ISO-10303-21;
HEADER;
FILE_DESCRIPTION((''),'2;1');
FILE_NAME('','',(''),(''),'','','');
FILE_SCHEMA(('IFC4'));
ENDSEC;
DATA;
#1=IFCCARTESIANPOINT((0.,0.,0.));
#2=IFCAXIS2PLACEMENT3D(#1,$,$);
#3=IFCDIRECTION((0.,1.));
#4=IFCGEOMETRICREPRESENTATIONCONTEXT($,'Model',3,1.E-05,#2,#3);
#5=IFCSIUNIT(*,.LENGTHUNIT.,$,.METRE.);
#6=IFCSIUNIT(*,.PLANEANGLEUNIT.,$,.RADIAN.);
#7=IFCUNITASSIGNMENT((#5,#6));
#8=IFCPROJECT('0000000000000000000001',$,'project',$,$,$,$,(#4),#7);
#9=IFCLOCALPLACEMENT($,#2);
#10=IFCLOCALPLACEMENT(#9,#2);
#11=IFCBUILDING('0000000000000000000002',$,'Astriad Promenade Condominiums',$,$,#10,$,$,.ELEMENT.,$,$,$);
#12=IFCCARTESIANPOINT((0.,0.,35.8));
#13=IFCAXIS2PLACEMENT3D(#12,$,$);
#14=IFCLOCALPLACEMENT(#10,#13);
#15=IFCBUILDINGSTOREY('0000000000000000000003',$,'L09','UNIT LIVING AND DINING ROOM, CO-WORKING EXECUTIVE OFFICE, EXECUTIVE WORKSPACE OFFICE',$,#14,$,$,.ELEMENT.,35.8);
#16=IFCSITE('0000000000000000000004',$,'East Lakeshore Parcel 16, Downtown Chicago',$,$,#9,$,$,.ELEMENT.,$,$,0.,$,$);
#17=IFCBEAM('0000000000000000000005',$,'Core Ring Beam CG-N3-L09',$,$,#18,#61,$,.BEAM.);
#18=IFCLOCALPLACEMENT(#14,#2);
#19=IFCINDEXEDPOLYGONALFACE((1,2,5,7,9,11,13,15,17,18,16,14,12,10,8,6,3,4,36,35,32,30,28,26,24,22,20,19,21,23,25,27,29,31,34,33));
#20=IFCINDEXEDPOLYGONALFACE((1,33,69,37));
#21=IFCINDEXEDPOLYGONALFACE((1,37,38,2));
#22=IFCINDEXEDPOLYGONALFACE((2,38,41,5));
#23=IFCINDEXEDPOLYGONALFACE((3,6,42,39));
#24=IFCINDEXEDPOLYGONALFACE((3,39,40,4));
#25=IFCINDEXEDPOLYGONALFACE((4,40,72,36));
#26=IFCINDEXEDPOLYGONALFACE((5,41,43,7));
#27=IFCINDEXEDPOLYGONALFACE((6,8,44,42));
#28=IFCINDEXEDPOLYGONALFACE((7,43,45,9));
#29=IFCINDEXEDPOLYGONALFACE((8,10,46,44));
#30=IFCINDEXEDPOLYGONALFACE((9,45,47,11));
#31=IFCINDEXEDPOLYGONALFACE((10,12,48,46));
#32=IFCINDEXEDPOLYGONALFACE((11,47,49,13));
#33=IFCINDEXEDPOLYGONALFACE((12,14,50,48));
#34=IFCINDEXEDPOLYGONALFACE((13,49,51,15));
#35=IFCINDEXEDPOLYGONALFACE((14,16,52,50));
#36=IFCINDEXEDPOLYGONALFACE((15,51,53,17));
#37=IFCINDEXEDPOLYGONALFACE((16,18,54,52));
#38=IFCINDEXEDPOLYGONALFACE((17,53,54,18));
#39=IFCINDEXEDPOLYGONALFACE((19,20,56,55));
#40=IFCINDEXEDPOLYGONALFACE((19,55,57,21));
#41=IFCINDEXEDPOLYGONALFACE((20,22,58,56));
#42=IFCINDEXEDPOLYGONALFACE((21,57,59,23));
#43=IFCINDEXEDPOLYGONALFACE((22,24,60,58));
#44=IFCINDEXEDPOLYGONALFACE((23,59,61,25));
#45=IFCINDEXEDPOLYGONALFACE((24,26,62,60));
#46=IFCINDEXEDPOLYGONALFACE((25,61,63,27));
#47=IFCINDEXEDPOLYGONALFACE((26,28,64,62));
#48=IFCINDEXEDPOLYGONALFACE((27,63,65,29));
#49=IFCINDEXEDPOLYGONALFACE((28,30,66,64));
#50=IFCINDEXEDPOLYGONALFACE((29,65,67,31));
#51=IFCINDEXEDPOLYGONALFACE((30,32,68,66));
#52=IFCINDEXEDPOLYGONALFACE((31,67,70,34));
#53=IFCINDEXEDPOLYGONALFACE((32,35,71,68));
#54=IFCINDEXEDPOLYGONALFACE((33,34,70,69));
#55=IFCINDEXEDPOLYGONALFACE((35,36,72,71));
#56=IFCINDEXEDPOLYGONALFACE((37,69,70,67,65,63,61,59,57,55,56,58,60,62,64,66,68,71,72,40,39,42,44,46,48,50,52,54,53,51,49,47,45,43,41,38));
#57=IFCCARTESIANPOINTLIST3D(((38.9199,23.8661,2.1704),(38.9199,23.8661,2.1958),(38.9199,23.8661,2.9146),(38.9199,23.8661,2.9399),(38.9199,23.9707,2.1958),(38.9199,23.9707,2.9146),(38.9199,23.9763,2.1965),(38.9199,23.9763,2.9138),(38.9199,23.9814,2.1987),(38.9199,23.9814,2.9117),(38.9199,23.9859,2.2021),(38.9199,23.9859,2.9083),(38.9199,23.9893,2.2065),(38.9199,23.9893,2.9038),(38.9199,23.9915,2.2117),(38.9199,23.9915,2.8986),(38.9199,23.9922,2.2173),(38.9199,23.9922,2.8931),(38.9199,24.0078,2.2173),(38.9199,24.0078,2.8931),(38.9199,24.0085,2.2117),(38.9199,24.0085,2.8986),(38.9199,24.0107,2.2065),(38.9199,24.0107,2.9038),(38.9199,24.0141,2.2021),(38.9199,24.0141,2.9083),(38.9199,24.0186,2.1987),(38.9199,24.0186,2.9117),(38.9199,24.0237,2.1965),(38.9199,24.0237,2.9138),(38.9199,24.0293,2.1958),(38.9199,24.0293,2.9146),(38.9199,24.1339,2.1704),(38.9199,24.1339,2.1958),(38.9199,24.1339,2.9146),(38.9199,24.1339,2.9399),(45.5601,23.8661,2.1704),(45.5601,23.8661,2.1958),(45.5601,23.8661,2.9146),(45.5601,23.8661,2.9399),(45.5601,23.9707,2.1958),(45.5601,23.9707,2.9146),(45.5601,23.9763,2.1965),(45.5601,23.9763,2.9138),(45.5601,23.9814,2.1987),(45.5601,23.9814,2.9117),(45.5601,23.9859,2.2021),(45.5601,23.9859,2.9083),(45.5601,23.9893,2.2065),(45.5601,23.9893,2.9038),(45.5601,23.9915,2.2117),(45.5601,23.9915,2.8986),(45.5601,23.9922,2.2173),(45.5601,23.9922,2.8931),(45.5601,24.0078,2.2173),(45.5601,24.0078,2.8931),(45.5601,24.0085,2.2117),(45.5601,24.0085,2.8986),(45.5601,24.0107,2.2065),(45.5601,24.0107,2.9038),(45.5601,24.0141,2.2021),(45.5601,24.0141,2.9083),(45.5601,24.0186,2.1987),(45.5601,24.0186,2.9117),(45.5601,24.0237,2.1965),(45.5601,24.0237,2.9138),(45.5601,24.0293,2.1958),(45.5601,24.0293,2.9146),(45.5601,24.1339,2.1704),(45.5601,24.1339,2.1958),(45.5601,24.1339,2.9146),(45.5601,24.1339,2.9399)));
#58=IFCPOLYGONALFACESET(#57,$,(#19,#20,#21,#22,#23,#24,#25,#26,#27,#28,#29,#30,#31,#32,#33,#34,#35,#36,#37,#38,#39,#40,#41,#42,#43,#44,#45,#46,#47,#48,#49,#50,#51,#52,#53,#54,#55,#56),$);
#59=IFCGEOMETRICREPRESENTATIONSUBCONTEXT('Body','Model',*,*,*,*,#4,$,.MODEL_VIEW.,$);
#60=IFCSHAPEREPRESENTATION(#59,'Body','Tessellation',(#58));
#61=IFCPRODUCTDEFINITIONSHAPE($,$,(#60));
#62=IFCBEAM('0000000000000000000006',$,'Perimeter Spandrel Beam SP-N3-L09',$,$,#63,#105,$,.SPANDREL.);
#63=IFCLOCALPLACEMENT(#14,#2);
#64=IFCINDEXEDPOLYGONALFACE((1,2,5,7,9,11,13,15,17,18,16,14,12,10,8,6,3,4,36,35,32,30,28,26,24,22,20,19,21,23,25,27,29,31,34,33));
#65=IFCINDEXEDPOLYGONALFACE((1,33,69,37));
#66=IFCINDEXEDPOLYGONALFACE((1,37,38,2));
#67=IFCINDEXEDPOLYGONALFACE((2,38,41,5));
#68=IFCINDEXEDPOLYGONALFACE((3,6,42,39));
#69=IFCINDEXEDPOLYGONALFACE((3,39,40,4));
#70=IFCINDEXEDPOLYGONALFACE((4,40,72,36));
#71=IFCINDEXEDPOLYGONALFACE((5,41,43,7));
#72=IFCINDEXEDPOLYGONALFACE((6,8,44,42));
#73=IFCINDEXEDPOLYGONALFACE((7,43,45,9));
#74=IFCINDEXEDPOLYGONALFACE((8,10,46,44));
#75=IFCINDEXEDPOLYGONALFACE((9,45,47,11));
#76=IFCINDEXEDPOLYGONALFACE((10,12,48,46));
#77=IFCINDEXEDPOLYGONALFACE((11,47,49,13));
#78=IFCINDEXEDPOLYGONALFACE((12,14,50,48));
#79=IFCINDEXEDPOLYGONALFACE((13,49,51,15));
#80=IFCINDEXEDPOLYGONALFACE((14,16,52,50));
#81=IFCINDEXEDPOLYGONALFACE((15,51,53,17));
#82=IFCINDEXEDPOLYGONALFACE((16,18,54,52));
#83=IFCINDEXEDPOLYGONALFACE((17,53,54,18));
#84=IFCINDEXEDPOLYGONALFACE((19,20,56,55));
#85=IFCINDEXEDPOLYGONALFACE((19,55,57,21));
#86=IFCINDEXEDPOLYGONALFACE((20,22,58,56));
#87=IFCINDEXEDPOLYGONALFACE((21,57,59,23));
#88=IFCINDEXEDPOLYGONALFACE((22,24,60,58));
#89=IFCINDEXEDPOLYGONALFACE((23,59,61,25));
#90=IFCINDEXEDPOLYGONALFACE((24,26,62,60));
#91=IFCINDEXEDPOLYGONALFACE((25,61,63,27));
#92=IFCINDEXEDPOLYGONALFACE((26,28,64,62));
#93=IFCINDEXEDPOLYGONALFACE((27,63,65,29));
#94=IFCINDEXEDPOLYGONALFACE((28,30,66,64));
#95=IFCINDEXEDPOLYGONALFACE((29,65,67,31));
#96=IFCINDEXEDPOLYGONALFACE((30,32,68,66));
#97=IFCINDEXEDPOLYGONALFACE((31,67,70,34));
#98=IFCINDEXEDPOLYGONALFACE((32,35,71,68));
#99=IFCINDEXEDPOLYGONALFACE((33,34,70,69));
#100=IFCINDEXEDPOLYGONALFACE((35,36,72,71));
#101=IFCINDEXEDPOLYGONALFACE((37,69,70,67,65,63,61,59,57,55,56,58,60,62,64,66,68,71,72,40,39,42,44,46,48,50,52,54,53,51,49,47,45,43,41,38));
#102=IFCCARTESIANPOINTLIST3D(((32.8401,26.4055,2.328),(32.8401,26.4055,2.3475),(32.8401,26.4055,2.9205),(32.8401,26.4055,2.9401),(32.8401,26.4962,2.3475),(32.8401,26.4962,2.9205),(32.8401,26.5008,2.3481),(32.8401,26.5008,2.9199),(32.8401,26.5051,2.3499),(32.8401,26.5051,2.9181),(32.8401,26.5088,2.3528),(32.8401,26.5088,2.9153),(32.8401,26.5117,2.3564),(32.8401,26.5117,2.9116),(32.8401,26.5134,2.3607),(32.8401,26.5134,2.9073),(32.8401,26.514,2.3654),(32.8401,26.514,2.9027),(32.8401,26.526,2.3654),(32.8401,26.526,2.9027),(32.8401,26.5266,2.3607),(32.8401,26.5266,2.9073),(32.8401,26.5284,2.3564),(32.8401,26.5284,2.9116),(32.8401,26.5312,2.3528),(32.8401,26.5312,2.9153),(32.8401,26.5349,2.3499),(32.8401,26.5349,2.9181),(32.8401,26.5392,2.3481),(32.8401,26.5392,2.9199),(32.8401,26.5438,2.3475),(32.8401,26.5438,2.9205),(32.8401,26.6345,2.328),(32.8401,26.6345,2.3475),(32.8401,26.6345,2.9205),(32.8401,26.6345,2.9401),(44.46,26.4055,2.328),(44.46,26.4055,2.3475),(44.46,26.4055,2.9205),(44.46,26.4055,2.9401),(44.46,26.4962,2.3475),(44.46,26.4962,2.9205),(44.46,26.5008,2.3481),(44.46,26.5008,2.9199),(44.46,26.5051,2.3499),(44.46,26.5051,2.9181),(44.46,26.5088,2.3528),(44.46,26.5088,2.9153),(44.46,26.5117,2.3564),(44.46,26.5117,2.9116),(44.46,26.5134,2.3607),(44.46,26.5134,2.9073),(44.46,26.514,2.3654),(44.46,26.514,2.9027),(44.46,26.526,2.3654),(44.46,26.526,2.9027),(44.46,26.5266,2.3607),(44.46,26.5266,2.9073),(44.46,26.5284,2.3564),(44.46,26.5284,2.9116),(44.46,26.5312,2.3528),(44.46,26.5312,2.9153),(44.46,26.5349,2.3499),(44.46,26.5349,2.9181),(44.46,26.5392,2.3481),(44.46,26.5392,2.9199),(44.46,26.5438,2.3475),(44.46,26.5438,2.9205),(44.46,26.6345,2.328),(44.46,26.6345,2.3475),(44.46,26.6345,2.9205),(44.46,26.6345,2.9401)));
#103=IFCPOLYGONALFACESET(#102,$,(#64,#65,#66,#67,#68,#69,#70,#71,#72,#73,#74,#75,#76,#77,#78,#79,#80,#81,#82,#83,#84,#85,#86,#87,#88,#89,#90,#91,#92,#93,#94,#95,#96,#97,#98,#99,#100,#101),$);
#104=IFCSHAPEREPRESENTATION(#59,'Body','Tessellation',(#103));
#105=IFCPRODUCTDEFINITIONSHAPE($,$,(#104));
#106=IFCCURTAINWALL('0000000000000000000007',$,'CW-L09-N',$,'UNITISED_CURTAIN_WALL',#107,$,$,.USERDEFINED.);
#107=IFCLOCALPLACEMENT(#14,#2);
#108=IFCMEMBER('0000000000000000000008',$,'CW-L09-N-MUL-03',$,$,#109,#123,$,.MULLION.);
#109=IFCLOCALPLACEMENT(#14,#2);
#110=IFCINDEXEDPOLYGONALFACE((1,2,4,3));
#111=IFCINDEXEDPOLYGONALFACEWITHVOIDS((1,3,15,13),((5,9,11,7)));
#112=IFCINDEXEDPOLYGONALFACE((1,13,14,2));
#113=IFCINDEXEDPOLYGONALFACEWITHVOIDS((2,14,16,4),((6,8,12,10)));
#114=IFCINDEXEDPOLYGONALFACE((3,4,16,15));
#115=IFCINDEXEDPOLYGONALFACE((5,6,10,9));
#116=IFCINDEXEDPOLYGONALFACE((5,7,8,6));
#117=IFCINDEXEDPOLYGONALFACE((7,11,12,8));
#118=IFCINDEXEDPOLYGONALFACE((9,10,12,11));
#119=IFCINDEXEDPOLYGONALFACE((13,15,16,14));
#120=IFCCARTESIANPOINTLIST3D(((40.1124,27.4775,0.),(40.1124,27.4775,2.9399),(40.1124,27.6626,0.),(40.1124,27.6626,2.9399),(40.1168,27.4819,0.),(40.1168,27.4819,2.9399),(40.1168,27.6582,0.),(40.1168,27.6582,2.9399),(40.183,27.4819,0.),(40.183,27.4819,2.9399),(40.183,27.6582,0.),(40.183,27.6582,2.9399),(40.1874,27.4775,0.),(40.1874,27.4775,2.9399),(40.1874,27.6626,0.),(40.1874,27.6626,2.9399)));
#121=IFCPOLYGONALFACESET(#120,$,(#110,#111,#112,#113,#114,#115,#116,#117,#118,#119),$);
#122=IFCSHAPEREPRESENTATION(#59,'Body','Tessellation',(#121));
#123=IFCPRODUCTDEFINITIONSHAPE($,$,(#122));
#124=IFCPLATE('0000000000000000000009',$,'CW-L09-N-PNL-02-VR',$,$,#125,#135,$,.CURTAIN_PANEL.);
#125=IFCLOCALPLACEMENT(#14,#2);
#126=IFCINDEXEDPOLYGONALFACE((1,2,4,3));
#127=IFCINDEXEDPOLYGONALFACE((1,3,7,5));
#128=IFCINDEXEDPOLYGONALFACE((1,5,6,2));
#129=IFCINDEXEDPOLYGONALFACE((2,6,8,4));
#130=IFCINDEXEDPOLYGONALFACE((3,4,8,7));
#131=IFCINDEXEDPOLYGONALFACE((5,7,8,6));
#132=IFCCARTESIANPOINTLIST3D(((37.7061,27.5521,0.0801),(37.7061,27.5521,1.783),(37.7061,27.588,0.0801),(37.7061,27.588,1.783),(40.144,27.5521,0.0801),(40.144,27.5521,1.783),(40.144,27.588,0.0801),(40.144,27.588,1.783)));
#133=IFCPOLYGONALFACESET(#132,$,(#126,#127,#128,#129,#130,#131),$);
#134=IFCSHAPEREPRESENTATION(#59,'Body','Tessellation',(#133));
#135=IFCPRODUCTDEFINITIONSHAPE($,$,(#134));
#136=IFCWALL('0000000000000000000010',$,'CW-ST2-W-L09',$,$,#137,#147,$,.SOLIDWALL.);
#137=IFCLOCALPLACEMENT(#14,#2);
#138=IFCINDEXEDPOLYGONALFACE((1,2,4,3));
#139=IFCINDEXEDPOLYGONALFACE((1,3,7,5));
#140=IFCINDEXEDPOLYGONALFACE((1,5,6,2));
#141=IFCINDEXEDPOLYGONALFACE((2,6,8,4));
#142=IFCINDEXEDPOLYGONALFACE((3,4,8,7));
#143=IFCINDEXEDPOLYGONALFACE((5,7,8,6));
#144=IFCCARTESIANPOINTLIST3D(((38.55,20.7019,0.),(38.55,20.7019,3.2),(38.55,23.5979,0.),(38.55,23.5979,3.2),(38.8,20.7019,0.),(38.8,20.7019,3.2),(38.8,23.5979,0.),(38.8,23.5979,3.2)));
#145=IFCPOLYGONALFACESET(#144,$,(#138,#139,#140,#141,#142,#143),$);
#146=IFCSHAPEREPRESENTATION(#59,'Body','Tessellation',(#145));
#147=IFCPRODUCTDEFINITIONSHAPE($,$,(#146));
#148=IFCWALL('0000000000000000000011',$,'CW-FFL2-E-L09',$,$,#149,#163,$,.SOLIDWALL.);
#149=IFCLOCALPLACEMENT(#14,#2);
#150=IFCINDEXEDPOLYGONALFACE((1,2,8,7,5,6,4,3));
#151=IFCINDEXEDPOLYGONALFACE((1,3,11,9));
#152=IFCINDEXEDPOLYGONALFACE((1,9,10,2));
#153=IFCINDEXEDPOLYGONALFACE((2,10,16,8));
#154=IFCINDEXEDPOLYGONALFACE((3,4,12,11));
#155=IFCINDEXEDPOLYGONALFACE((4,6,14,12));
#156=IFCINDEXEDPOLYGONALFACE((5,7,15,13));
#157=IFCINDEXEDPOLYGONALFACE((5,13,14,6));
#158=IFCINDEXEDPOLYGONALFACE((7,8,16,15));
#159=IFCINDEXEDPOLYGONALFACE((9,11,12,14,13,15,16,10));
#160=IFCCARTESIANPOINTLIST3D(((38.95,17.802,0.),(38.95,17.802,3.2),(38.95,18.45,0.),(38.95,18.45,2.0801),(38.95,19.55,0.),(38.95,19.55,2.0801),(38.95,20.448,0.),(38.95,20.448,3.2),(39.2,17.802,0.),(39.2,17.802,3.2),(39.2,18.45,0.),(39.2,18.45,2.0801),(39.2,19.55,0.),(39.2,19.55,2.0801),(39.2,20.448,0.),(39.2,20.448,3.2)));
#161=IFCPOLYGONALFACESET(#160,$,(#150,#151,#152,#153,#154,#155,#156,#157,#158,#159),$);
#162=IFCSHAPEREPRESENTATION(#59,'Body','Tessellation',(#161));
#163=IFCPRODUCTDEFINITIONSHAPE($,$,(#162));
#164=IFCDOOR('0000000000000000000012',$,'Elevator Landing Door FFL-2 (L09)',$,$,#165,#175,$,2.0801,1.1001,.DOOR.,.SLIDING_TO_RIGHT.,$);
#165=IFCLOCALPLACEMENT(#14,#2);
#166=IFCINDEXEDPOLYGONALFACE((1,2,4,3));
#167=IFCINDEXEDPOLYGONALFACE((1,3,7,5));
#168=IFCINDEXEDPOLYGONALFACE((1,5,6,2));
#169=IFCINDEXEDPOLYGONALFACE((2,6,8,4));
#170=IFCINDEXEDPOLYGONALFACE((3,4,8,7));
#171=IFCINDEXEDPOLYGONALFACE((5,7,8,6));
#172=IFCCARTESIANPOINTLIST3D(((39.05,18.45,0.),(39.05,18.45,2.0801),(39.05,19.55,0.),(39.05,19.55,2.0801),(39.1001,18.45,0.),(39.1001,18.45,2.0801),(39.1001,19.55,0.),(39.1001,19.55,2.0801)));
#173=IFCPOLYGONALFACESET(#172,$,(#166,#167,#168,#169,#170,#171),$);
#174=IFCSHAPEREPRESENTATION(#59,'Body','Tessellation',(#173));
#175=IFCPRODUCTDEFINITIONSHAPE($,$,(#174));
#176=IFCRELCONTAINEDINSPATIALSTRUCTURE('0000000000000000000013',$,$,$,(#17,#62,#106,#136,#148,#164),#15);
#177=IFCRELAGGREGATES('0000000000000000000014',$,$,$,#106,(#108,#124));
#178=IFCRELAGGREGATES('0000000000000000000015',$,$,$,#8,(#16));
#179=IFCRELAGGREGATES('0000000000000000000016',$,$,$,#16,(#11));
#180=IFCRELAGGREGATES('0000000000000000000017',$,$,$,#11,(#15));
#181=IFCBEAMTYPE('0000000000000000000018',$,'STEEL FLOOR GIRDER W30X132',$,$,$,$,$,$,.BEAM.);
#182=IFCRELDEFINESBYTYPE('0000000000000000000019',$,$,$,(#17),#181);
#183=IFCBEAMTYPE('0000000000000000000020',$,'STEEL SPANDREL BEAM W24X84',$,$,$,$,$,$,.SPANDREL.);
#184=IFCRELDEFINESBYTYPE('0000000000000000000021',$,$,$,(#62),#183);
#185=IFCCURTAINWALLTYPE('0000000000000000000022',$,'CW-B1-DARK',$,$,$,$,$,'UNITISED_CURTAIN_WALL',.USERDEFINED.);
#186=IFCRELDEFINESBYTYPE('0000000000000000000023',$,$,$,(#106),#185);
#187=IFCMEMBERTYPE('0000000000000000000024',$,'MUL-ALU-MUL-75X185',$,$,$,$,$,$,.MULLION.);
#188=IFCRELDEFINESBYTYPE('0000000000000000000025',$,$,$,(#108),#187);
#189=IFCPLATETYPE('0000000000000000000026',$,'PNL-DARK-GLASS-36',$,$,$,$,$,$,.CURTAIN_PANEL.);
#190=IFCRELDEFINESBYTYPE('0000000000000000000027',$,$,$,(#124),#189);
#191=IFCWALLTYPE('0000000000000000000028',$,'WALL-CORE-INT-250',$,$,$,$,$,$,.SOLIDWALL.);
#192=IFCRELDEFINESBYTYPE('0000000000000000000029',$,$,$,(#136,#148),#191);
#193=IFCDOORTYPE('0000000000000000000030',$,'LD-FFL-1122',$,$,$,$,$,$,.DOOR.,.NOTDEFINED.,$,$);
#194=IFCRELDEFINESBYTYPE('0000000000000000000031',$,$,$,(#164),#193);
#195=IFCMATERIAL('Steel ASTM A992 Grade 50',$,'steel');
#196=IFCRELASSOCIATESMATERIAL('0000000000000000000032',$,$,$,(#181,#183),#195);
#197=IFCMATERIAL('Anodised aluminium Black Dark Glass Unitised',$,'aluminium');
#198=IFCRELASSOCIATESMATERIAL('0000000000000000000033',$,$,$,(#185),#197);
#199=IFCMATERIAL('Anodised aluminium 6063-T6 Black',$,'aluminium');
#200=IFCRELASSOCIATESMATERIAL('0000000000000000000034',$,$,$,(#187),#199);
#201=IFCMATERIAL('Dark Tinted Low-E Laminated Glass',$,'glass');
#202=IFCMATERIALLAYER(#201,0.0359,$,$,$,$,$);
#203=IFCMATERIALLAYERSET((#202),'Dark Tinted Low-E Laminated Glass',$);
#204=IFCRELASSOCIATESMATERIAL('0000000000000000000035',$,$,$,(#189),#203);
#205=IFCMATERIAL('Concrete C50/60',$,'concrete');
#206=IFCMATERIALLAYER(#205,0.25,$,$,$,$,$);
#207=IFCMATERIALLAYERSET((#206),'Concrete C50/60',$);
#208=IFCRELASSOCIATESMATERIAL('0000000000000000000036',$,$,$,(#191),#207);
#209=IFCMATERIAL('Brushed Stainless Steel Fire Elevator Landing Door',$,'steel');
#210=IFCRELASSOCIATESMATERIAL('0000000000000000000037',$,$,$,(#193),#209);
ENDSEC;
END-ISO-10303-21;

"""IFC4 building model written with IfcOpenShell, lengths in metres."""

from ifc_helpers import new_model, si_unit, direction, frame, frame_2d, origin, origin_2d, place, context, subcontext, project, spatial, rectangle, hollow_rectangle, i_section, extrude, source, transform, mapped, material, layer, layer_set, material_profile, profile_set, type_object, type_shapes, element, fill, aggregate, save


model = new_model("IFC4")

# Units and contexts
model_context = context("Model", 3, precision=1e-05, world=origin(), true_north=direction((0.0, 1.0)))
body_context = subcontext(model_context, "Body", "Model", "MODEL_VIEW")
ifc_project = project(units=[si_unit("LENGTHUNIT", "METRE"), si_unit("PLANEANGLEUNIT", "RADIAN")], contexts=[model_context])

# Site, building, storey
site_placement = place(None, origin())
site = spatial("IfcSite", under=ifc_project, at=site_placement, Name="East Lakeshore Parcel 16, Downtown Chicago", CompositionType="ELEMENT", RefElevation=0.0)
building_placement = place(site_placement, origin())
building = spatial("IfcBuilding", under=site, at=building_placement, Name="Astriad Promenade Condominiums", CompositionType="ELEMENT")
storey_placement = place(building_placement, frame((0.0, 0.0, 35.8)))
storey = spatial("IfcBuildingStorey", under=building, at=storey_placement, Name="L09", Description="UNIT LIVING AND DINING ROOM, CO-WORKING EXECUTIVE OFFICE, EXECUTIVE WORKSPACE OFFICE", CompositionType="ELEMENT", Elevation=35.8)

# Shared definitions
ifc_material_1 = material(Name="Steel ASTM A992 Grade 50", Category="steel")

# Beams
ifc_material_profile_1 = material_profile(ifc_material_1, i_section(OverallWidth=0.2678, OverallDepth=0.7695, WebThickness=0.0156, FlangeThickness=0.0254, FilletRadius=0.0215, at=origin_2d()), Name="W30X132")
ifc_profile_set_1 = profile_set([ifc_material_profile_1], Name="Steel ASTM A992 Grade 50")
beam_type_1 = type_object("IfcBeamType", Name="STEEL FLOOR GIRDER W30X132", PredefinedType="BEAM", material=ifc_profile_set_1)
shared_shape_1 = source(origin(), body_context, "Body", "SweptSolid", [
    extrude(i_section(OverallWidth=0.2678, OverallDepth=0.7695, WebThickness=0.0156, FlangeThickness=0.0254, FilletRadius=0.0215, at=origin_2d()), origin(), (0.0, 0.0, 1.0), 6.6401),
])
type_shapes(beam_type_1, [shared_shape_1])
beam_1_placement = place(storey_placement, frame((38.9199, 24.0, 2.5552), z_axis=(1.0, 0.0, 0.0), x_axis=(0.0, 1.0, 0.0)))
element("IfcBeam", 1, at=beam_1_placement, inside=storey, type_object=beam_type_1, Name="Core Ring Beam CG-N3-L09", PredefinedType="BEAM", context=body_context, shape_type="MappedRepresentation", body=[
    mapped(shared_shape_1, transform((0.0, 0.0, 0.0), scale=1.0)),
])
ifc_material_profile_2 = material_profile(ifc_material_1, i_section(OverallWidth=0.229, OverallDepth=0.6121, WebThickness=0.012, FlangeThickness=0.0195, FilletRadius=0.0178, at=origin_2d()), Name="W24X84")
ifc_profile_set_2 = profile_set([ifc_material_profile_2], Name="Steel ASTM A992 Grade 50")
beam_type_2 = type_object("IfcBeamType", Name="STEEL SPANDREL BEAM W24X84", PredefinedType="SPANDREL", material=ifc_profile_set_2)
shared_shape_2 = source(origin(), body_context, "Body", "SweptSolid", [
    extrude(i_section(OverallWidth=0.229, OverallDepth=0.6121, WebThickness=0.012, FlangeThickness=0.0195, FilletRadius=0.0178, at=origin_2d()), origin(), (0.0, 0.0, 1.0), 11.6199),
])
type_shapes(beam_type_2, [shared_shape_2])
beam_2_placement = place(storey_placement, frame((44.46, 26.52, 2.634), z_axis=(-1.0, 0.0, 0.0), x_axis=(0.0, -1.0, 0.0)))
element("IfcBeam", 2, at=beam_2_placement, inside=storey, type_object=beam_type_2, Name="Perimeter Spandrel Beam SP-N3-L09", PredefinedType="SPANDREL", context=body_context, shape_type="MappedRepresentation", body=[
    mapped(shared_shape_2, transform((0.0, 0.0, 0.0), scale=1.0)),
])

# Curtain wall, member, plate
ifc_material_2 = material(Name="Anodised aluminium Black Dark Glass Unitised", Category="aluminium")
curtain_wall_type = type_object("IfcCurtainWallType", Name="CW-B1-DARK", ElementType="UNITISED_CURTAIN_WALL", PredefinedType="USERDEFINED", material=ifc_material_2)
curtain_wall_placement = place(storey_placement, origin())
curtain_wall = element("IfcCurtainWall", 3, at=curtain_wall_placement, inside=storey, type_object=curtain_wall_type, Name="CW-L09-N", ObjectType="UNITISED_CURTAIN_WALL", PredefinedType="USERDEFINED")
ifc_material_3 = material(Name="Anodised aluminium 6063-T6 Black", Category="aluminium")
ifc_material_profile_3 = material_profile(ifc_material_3, hollow_rectangle(XDim=0.075, YDim=0.1851, WallThickness=0.0044, at=origin_2d()), Name="ALU-MUL-75X185")
ifc_profile_set_3 = profile_set([ifc_material_profile_3], Name="Anodised aluminium 6063-T6 Black")
member_type = type_object("IfcMemberType", Name="MUL-ALU-MUL-75X185", PredefinedType="MULLION", material=ifc_profile_set_3)
shared_shape_3 = source(origin(), body_context, "Body", "SweptSolid", [
    extrude(hollow_rectangle(XDim=0.075, YDim=0.1851, WallThickness=0.0044, at=origin_2d()), origin(), (0.0, 0.0, 1.0), 2.9399),
])
type_shapes(member_type, [shared_shape_3])
member_placement = place(storey_placement, frame((40.1499, 27.5701, 0.0), z_axis=(0.0, 0.0, 1.0), x_axis=(1.0, 0.0, 0.0)))
member = element("IfcMember", 4, at=member_placement, type_object=member_type, Name="CW-L09-N-MUL-03", PredefinedType="MULLION", context=body_context, shape_type="MappedRepresentation", body=[
    mapped(shared_shape_3, transform((0.0, 0.0, 0.0), scale=1.0)),
])
ifc_material_4 = material(Name="Dark Tinted Low-E Laminated Glass", Category="glass")
ifc_layer_1 = layer(ifc_material_4, 0.0359)
ifc_layer_set_1 = layer_set([ifc_layer_1], Name="Dark Tinted Low-E Laminated Glass")
plate_type = type_object("IfcPlateType", Name="PNL-DARK-GLASS-36", PredefinedType="CURTAIN_PANEL", material=ifc_layer_set_1)
shared_shape_4 = source(origin(), body_context, "Body", "SweptSolid", [
    extrude(rectangle(XDim=2.438, YDim=0.0359, at=origin_2d()), origin(), (0.0, 0.0, 1.0), 1.7029),
])
type_shapes(plate_type, [shared_shape_4])
plate_placement = place(storey_placement, frame((38.925, 27.5701, 0.0801), z_axis=(0.0, 0.0, 1.0), x_axis=(1.0, 0.0, 0.0)))
plate = element("IfcPlate", 5, at=plate_placement, type_object=plate_type, Name="CW-L09-N-PNL-02-VR", PredefinedType="CURTAIN_PANEL", context=body_context, shape_type="MappedRepresentation", body=[
    mapped(shared_shape_4, transform((0.0, 0.0, 0.0), scale=1.0)),
])
aggregate(curtain_wall, [member, plate])

# Wall
ifc_material_5 = material(Name="Concrete C50/60", Category="concrete")
ifc_layer_2 = layer(ifc_material_5, 0.25)
ifc_layer_set_2 = layer_set([ifc_layer_2], Name="Concrete C50/60")
wall_type_1 = type_object("IfcWallType", Name="WALL-CORE-INT-250", PredefinedType="SOLIDWALL", material=ifc_layer_set_2)
wall_1_placement = place(storey_placement, frame((38.675, 20.7019, 0.0), z_axis=(0.0, 0.0, 1.0), x_axis=(0.0, 1.0, 0.0)))
element("IfcWall", 6, at=wall_1_placement, inside=storey, type_object=wall_type_1, Name="CW-ST2-W-L09", PredefinedType="SOLIDWALL", context=body_context, shape_type="SweptSolid", body=[
    extrude(rectangle(XDim=2.896, YDim=0.25, at=frame_2d((1.448, 0.0))), origin(), (0.0, 0.0, 1.0), 3.2),
])

# Wall, opening, door
wall_2_placement = place(storey_placement, frame((39.075, 17.802, 0.0), z_axis=(0.0, 0.0, 1.0), x_axis=(0.0, 1.0, 0.0)))
wall_2 = element("IfcWall", 7, at=wall_2_placement, inside=storey, type_object=wall_type_1, Name="CW-FFL2-E-L09", PredefinedType="SOLIDWALL", context=body_context, shape_type="SweptSolid", body=[
    extrude(rectangle(XDim=2.646, YDim=0.25, at=frame_2d((1.323, 0.0))), origin(), (0.0, 0.0, 1.0), 3.2),
])
opening_1_placement = place(wall_2_placement, frame((0.6479, 0.0, 0.0)))
opening_1 = element("IfcOpeningElement", 8, at=opening_1_placement, cuts=wall_2, PredefinedType="OPENING", context=body_context, shape_type="SweptSolid", body=[
    extrude(rectangle(XDim=1.1001, YDim=2.0801, at=frame_2d((0.55, 1.04))), frame((0.0, 0.135, 0.0), z_axis=(0.0, -1.0, 0.0), x_axis=(1.0, 0.0, 0.0)), (0.0, 0.0, 1.0), 0.27),
])
ifc_material_6 = material(Name="Brushed Stainless Steel Fire Elevator Landing Door", Category="steel")
door_type_1 = type_object("IfcDoorType", Name="LD-FFL-1122", OperationType="NOTDEFINED", PredefinedType="DOOR", material=ifc_material_6)
shared_shape_5 = source(origin(), body_context, "Body", "SweptSolid", [
    extrude(rectangle(XDim=1.1001, YDim=2.0801, at=frame_2d((0.55, 1.04))), frame((0.0, 0.0249, 0.0), z_axis=(0.0, -1.0, 0.0), x_axis=(1.0, 0.0, 0.0)), (0.0, 0.0, 1.0), 0.05),
])
type_shapes(door_type_1, [shared_shape_5])
door_1_placement = place(opening_1_placement, origin())
door_1 = element("IfcDoor", 9, at=door_1_placement, inside=storey, type_object=door_type_1, Name="Elevator Landing Door FFL-2 (L09)", OperationType="SLIDING_TO_RIGHT", OverallHeight=2.0801, OverallWidth=1.1001, PredefinedType="DOOR", context=body_context, shape_type="MappedRepresentation", body=[
    mapped(shared_shape_5, transform((0.0, 0.0, 0.0), scale=1.0)),
])
fill(opening_1, door_1)

save(model, "model.ifc")
